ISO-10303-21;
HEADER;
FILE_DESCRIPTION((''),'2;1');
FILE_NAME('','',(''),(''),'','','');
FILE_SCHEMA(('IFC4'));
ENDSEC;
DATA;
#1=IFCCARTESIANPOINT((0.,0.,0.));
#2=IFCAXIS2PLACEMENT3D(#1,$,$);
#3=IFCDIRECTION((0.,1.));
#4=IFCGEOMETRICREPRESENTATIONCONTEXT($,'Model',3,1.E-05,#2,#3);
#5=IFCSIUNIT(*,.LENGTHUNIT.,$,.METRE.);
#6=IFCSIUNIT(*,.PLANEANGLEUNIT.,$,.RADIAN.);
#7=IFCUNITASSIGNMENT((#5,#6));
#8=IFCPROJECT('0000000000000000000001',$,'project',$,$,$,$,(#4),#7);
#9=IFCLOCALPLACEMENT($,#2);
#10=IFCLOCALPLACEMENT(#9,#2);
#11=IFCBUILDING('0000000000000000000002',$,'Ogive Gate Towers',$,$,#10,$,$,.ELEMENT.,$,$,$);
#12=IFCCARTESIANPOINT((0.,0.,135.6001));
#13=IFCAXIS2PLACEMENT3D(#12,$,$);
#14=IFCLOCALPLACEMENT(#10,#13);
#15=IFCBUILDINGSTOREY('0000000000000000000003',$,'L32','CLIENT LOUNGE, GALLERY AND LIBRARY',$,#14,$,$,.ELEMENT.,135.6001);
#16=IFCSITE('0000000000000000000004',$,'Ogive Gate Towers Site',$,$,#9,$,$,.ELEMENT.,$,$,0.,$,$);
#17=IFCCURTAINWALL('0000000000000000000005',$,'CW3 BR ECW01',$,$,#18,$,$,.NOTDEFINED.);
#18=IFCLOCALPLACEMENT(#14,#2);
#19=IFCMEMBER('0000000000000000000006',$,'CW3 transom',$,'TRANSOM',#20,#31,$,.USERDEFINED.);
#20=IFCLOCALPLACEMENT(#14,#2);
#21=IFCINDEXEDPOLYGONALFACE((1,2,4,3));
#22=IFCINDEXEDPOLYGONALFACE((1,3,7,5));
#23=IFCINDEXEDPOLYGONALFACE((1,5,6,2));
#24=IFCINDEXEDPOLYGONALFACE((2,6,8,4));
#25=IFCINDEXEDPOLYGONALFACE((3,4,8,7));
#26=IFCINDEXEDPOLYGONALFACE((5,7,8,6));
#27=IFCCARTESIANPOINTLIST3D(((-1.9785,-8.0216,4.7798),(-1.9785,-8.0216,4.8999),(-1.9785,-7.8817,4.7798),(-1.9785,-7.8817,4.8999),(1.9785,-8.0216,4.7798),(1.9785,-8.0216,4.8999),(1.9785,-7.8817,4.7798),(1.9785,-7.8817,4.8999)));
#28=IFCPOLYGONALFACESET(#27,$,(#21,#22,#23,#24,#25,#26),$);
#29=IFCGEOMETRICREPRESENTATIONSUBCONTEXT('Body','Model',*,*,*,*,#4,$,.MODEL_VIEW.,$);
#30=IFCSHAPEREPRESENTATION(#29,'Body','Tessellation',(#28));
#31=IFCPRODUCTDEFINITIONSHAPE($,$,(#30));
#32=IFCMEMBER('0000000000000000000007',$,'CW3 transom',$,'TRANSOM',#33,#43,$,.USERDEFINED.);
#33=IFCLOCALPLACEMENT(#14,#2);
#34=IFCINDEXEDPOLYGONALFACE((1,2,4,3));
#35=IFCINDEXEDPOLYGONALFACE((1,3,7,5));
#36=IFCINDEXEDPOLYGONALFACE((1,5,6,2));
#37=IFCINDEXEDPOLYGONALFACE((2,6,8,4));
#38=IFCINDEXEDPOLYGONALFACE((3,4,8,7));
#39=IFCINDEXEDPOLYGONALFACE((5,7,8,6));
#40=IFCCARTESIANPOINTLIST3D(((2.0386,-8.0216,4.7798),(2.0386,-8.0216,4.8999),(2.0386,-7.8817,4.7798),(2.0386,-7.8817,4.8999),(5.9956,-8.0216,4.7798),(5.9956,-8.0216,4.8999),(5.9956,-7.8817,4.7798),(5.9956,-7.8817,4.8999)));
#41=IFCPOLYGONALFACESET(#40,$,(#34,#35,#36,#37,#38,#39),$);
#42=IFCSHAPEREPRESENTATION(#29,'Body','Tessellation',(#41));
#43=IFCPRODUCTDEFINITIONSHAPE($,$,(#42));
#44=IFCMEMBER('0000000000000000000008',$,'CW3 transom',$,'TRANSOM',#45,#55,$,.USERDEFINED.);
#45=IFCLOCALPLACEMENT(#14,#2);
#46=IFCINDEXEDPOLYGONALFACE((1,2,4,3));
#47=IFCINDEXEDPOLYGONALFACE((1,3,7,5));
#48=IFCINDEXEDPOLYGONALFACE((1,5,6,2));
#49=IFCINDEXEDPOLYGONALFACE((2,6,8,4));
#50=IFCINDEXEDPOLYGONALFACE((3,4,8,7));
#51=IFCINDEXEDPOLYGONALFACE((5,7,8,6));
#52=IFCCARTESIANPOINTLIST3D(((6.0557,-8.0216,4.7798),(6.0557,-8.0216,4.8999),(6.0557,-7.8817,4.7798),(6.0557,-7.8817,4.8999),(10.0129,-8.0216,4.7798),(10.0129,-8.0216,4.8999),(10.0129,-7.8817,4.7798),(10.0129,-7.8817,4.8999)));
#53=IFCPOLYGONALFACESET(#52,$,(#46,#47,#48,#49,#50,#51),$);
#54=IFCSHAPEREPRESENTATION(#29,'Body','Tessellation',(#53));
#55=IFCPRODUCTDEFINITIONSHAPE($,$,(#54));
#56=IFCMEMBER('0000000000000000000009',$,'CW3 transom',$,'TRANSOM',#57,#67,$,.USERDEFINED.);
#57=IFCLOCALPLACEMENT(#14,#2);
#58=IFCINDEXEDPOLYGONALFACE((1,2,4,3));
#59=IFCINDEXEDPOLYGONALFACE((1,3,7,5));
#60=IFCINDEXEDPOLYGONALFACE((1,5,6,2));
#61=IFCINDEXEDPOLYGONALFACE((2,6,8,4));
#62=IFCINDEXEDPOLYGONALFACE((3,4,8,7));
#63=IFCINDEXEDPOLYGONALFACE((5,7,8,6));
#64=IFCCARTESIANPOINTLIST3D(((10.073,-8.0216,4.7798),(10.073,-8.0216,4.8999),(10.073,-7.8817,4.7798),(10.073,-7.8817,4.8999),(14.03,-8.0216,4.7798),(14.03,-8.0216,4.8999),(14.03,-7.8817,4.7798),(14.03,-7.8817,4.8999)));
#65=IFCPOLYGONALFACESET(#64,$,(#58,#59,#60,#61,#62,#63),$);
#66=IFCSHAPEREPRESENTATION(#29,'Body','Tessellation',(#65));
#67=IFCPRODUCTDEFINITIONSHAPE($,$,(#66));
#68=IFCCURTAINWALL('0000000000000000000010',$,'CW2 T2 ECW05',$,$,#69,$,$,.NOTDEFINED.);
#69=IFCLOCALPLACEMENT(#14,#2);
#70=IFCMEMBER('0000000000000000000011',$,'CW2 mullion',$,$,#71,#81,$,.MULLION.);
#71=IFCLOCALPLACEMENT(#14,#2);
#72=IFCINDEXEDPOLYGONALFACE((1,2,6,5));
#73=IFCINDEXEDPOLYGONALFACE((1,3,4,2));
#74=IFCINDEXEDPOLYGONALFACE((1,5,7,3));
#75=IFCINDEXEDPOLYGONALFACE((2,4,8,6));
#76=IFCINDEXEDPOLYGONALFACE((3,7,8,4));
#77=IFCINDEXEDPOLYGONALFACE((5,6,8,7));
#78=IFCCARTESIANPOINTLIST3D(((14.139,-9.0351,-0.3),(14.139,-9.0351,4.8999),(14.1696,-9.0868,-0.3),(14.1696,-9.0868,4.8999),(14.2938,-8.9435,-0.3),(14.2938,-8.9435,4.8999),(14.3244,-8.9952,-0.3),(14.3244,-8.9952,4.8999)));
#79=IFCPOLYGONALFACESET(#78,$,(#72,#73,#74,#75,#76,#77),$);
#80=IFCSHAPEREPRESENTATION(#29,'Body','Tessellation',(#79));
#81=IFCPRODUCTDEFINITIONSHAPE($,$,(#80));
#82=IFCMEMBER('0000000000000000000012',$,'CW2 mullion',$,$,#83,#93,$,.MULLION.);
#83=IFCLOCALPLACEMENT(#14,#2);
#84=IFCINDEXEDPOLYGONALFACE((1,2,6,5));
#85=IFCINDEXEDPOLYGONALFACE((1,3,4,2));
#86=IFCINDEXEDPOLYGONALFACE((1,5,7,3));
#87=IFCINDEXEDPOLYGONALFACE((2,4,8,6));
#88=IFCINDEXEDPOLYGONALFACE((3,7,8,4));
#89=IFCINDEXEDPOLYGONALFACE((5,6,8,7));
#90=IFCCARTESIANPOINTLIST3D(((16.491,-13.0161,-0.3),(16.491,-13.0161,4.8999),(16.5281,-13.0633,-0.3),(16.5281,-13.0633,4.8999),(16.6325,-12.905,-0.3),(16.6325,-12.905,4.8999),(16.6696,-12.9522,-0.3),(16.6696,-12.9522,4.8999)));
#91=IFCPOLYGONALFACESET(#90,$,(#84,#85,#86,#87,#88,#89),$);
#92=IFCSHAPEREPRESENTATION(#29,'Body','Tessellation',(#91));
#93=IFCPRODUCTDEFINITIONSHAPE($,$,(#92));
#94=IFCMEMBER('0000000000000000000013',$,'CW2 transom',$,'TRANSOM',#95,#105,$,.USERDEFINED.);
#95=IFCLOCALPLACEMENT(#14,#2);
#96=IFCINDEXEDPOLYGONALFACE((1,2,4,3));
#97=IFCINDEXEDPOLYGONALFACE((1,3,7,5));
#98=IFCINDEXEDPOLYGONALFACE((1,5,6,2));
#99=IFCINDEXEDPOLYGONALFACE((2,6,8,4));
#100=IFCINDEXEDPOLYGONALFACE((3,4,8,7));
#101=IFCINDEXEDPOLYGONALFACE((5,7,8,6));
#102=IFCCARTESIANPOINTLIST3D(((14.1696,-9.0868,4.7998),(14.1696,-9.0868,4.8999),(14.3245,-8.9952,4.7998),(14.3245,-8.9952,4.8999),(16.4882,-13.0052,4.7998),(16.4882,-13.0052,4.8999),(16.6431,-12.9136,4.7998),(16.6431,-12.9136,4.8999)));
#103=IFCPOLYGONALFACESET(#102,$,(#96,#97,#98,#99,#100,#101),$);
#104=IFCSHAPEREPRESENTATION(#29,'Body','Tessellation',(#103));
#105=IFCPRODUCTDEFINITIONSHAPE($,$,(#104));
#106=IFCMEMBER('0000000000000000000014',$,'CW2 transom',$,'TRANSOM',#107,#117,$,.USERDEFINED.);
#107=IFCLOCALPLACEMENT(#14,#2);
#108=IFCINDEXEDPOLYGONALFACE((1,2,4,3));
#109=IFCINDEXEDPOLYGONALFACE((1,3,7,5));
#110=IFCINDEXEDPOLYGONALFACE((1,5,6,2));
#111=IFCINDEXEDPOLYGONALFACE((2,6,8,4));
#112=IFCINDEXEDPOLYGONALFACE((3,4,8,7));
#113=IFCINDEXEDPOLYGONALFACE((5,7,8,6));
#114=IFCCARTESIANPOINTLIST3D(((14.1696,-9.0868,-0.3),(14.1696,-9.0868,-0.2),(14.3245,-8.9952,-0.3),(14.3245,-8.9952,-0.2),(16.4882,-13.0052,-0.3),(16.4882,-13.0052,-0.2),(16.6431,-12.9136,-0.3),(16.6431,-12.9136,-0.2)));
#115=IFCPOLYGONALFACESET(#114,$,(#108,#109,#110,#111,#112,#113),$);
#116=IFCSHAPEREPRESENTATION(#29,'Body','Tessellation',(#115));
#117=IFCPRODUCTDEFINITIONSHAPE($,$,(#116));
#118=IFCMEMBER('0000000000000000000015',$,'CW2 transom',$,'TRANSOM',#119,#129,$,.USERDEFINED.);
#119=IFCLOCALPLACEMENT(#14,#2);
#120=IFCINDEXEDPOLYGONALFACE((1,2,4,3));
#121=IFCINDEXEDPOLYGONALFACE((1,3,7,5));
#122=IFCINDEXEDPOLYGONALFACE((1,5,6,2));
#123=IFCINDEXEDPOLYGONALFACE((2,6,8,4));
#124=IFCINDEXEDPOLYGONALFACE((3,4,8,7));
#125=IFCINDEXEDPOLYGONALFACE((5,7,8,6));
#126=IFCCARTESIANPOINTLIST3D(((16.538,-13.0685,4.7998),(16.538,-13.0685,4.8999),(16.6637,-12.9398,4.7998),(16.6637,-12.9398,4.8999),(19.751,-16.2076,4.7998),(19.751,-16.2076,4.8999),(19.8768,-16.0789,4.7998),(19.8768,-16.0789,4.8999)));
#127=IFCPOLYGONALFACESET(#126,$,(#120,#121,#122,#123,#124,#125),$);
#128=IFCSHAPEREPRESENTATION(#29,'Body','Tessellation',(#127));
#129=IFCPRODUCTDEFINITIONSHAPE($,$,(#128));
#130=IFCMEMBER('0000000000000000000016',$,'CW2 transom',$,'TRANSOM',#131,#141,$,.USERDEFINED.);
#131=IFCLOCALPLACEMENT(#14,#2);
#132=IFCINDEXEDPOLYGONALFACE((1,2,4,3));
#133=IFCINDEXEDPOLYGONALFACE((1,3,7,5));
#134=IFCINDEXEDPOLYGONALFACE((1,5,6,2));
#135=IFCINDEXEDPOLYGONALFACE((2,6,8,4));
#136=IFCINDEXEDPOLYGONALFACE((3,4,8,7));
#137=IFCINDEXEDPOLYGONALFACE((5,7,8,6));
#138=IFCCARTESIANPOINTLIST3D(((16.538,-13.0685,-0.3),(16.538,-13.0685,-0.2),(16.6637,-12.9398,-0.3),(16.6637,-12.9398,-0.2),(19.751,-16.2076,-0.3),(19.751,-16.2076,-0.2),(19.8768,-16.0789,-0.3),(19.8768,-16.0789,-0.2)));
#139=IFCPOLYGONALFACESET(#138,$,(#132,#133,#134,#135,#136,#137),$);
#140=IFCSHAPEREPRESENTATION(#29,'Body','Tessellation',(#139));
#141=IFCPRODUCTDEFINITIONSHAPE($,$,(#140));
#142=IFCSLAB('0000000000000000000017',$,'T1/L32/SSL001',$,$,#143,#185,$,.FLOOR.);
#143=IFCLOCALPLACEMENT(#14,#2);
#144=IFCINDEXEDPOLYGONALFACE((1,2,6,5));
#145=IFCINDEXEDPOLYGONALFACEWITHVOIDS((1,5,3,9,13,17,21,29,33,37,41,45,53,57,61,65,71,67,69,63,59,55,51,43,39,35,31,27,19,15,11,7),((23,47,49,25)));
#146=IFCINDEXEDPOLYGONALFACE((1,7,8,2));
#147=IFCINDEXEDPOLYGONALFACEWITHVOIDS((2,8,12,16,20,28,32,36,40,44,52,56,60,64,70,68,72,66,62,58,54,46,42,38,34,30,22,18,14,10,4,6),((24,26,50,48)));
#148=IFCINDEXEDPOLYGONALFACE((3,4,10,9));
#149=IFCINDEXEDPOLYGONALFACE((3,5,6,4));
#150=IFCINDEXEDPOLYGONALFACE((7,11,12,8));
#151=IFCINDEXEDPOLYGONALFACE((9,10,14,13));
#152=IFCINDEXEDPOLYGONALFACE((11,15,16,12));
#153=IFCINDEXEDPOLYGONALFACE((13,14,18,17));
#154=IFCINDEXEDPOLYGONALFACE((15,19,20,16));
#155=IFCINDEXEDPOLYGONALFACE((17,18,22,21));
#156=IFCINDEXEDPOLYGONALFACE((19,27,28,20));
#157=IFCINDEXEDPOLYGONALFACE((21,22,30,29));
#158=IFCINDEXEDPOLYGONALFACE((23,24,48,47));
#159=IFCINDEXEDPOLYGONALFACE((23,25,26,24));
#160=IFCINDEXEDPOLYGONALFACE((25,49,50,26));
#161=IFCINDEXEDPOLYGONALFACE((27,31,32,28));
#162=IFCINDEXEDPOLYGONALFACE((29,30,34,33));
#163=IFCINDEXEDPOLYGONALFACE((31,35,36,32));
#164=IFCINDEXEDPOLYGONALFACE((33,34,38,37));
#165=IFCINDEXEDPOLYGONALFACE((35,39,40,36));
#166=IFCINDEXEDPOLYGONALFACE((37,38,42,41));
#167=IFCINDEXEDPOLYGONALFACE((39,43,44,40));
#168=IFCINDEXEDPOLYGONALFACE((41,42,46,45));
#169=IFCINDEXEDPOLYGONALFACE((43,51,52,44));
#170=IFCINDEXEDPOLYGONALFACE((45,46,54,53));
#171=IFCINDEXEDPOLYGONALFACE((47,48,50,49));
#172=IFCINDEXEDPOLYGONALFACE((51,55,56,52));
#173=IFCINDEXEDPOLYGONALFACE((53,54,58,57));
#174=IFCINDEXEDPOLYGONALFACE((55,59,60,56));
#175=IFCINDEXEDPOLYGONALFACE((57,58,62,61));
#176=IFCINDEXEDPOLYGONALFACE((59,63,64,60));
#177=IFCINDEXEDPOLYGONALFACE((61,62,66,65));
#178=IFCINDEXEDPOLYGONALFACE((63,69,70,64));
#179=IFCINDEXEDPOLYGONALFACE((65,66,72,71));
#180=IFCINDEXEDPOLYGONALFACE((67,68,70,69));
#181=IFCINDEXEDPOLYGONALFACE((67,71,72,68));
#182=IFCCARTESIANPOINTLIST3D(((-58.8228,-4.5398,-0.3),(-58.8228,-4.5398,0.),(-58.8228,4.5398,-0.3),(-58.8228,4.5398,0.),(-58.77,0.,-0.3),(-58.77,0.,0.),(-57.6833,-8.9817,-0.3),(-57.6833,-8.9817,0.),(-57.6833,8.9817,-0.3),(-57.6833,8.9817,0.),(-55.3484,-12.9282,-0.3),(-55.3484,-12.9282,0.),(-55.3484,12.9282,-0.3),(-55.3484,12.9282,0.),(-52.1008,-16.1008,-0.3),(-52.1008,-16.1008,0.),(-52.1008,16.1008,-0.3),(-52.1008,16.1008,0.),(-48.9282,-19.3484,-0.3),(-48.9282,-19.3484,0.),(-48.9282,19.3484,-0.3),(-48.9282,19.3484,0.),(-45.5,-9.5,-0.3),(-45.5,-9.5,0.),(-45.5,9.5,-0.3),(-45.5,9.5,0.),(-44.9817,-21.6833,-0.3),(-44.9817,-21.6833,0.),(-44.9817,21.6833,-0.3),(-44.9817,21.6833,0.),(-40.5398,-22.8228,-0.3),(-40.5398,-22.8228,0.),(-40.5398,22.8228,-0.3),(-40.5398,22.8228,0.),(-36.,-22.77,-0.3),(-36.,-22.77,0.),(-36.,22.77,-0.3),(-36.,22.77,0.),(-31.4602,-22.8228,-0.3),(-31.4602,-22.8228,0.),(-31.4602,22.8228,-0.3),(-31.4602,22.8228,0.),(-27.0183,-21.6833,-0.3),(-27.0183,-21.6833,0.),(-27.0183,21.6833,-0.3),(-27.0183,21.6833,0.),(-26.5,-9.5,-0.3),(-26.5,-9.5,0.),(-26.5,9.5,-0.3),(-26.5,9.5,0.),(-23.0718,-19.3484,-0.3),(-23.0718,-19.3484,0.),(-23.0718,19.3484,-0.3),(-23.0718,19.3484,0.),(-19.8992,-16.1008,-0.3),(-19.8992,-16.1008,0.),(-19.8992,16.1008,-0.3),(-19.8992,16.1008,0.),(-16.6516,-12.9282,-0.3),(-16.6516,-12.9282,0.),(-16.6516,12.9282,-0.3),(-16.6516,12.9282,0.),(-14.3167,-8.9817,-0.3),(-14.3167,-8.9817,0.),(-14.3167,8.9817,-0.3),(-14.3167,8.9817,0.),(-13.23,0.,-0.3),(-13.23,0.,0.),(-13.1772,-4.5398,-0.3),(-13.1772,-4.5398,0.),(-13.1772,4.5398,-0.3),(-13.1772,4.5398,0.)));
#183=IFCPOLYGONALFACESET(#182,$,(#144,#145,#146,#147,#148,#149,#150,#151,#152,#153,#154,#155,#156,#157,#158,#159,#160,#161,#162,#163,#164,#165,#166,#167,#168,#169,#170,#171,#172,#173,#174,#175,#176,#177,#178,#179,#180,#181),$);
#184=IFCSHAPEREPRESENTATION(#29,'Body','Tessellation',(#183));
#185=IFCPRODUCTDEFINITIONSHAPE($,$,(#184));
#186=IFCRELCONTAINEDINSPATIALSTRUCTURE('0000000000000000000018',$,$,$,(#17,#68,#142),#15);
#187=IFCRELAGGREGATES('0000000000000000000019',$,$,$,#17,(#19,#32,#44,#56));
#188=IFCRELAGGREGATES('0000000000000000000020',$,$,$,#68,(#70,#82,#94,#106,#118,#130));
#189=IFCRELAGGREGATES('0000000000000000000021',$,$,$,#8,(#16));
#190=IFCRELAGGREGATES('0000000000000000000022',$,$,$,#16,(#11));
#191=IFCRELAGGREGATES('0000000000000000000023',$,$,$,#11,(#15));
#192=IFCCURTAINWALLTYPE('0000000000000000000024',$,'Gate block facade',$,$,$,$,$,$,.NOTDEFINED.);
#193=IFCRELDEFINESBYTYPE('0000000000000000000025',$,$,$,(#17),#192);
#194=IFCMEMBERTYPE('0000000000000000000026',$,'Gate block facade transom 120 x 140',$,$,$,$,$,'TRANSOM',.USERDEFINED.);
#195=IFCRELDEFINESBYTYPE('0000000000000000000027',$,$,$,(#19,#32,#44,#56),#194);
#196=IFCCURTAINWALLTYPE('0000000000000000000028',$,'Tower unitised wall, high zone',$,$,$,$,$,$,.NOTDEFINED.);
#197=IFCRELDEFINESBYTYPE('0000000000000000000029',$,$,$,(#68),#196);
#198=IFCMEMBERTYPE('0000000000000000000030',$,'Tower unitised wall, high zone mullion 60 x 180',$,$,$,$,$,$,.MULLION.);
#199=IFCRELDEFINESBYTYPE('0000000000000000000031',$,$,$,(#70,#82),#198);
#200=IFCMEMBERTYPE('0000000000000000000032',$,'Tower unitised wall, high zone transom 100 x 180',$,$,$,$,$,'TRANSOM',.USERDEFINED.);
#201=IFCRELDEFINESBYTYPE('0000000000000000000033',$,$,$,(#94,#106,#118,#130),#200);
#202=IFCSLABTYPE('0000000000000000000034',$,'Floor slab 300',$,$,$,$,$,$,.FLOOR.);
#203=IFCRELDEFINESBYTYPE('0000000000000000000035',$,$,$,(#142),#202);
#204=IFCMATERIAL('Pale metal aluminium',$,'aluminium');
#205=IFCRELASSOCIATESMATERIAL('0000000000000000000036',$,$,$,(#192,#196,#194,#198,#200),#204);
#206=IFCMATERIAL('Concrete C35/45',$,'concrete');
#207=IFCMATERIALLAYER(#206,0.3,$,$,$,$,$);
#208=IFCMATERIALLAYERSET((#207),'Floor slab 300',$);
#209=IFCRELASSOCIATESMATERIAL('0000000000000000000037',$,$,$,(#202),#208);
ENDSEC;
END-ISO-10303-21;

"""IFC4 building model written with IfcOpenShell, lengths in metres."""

from ifc_helpers import new_model, si_unit, direction, frame, origin, origin_2d, place, context, subcontext, project, spatial, polyline, rectangle, outline, extrude, material, layer, layer_set, material_profile, profile_set, type_object, element, aggregate, save


model = new_model("IFC4")

# Units and contexts
model_context = context("Model", 3, precision=1e-05, world=origin(), true_north=direction((0.0, 1.0)))
body_context = subcontext(model_context, "Body", "Model", "MODEL_VIEW")
ifc_project = project(units=[si_unit("LENGTHUNIT", "METRE"), si_unit("PLANEANGLEUNIT", "RADIAN")], contexts=[model_context])

# Site, building, storey
site_placement = place(None, origin())
site = spatial("IfcSite", under=ifc_project, at=site_placement, Name="Ogive Gate Towers Site", CompositionType="ELEMENT", RefElevation=0.0)
building_placement = place(site_placement, origin())
building = spatial("IfcBuilding", under=site, at=building_placement, Name="Ogive Gate Towers", CompositionType="ELEMENT")
storey_placement = place(building_placement, frame((0.0, 0.0, 135.6001)))
storey = spatial("IfcBuildingStorey", under=building, at=storey_placement, Name="L32", Description="CLIENT LOUNGE, GALLERY AND LIBRARY", CompositionType="ELEMENT", Elevation=135.6001)

# Curtain walls, members
ifc_material_1 = material(Name="Pale metal aluminium", Category="aluminium")
curtain_wall_type_1 = type_object("IfcCurtainWallType", Name="Gate block facade", PredefinedType="NOTDEFINED", material=ifc_material_1)
curtain_wall_1_placement = place(storey_placement, origin())
curtain_wall_1 = element("IfcCurtainWall", 1, at=curtain_wall_1_placement, inside=storey, type_object=curtain_wall_type_1, Name="CW3 BR ECW01", PredefinedType="NOTDEFINED")
ifc_material_profile_1 = material_profile(ifc_material_1, rectangle(XDim=0.1399, YDim=0.1201, at=origin_2d()), Name="120 x 140 aluminium box")
ifc_profile_set_1 = profile_set([ifc_material_profile_1], Name="Pale metal aluminium")
member_type_1 = type_object("IfcMemberType", Name="Gate block facade transom 120 x 140", ElementType="TRANSOM", PredefinedType="USERDEFINED", material=ifc_profile_set_1)
member_1_placement = place(storey_placement, frame((-1.9785, -7.9517, 4.8398), z_axis=(1.0, 0.0, 0.0), x_axis=(0.0, 1.0, 0.0)))
member_1 = element("IfcMember", 2, at=member_1_placement, type_object=member_type_1, Name="CW3 transom", ObjectType="TRANSOM", PredefinedType="USERDEFINED", context=body_context, shape_type="SweptSolid", body=[
    extrude(rectangle(XDim=0.1399, YDim=0.1201, at=origin_2d()), origin(), (0.0, 0.0, 1.0), 3.957),
])
member_2_placement = place(storey_placement, frame((2.0386, -7.9517, 4.8398), z_axis=(1.0, 0.0, 0.0), x_axis=(0.0, 1.0, 0.0)))
member_2 = element("IfcMember", 3, at=member_2_placement, type_object=member_type_1, Name="CW3 transom", ObjectType="TRANSOM", PredefinedType="USERDEFINED", context=body_context, shape_type="SweptSolid", body=[
    extrude(rectangle(XDim=0.1399, YDim=0.1201, at=origin_2d()), origin(), (0.0, 0.0, 1.0), 3.957),
])
member_3_placement = place(storey_placement, frame((6.0557, -7.9517, 4.8398), z_axis=(1.0, 0.0, 0.0), x_axis=(0.0, 1.0, 0.0)))
member_3 = element("IfcMember", 4, at=member_3_placement, type_object=member_type_1, Name="CW3 transom", ObjectType="TRANSOM", PredefinedType="USERDEFINED", context=body_context, shape_type="SweptSolid", body=[
    extrude(rectangle(XDim=0.1399, YDim=0.1201, at=origin_2d()), origin(), (0.0, 0.0, 1.0), 3.9573),
])
member_4_placement = place(storey_placement, frame((10.073, -7.9517, 4.8398), z_axis=(1.0, 0.0, 0.0), x_axis=(0.0, 1.0, 0.0)))
member_4 = element("IfcMember", 5, at=member_4_placement, type_object=member_type_1, Name="CW3 transom", ObjectType="TRANSOM", PredefinedType="USERDEFINED", context=body_context, shape_type="SweptSolid", body=[
    extrude(rectangle(XDim=0.1399, YDim=0.1201, at=origin_2d()), origin(), (0.0, 0.0, 1.0), 3.957),
])
curtain_wall_type_2 = type_object("IfcCurtainWallType", Name="Tower unitised wall, high zone", PredefinedType="NOTDEFINED", material=ifc_material_1)
curtain_wall_2_placement = place(storey_placement, origin())
curtain_wall_2 = element("IfcCurtainWall", 6, at=curtain_wall_2_placement, inside=storey, type_object=curtain_wall_type_2, Name="CW2 T2 ECW05", PredefinedType="NOTDEFINED")
ifc_material_profile_2 = material_profile(ifc_material_1, rectangle(XDim=0.1799, YDim=0.0601, at=origin_2d()), Name="60 x 180 aluminium box")
ifc_profile_set_2 = profile_set([ifc_material_profile_2], Name="Pale metal aluminium")
member_type_2 = type_object("IfcMemberType", Name="Tower unitised wall, high zone mullion 60 x 180", PredefinedType="MULLION", material=ifc_profile_set_2)
member_5_placement = place(storey_placement, frame((14.2317, -9.0151, -0.3), z_axis=(0.0, 0.0, 1.0), x_axis=(-0.860627, -0.509237, 0.0)))
member_5 = element("IfcMember", 7, at=member_5_placement, type_object=member_type_2, Name="CW2 mullion", PredefinedType="MULLION", context=body_context, shape_type="SweptSolid", body=[
    extrude(rectangle(XDim=0.1799, YDim=0.0601, at=origin_2d()), origin(), (0.0, 0.0, 1.0), 5.2),
])
member_6_placement = place(storey_placement, frame((16.5803, -12.9841, -0.3), z_axis=(0.0, 0.0, 1.0), x_axis=(-0.786504, -0.617585, 0.0)))
member_6 = element("IfcMember", 8, at=member_6_placement, type_object=member_type_2, Name="CW2 mullion", PredefinedType="MULLION", context=body_context, shape_type="SweptSolid", body=[
    extrude(rectangle(XDim=0.1799, YDim=0.0601, at=origin_2d()), origin(), (0.0, 0.0, 1.0), 5.2),
])
ifc_material_profile_3 = material_profile(ifc_material_1, rectangle(XDim=0.1799, YDim=0.1001, at=origin_2d()), Name="100 x 180 aluminium box")
ifc_profile_set_3 = profile_set([ifc_material_profile_3], Name="Pale metal aluminium")
member_type_3 = type_object("IfcMemberType", Name="Tower unitised wall, high zone transom 100 x 180", ElementType="TRANSOM", PredefinedType="USERDEFINED", material=ifc_profile_set_3)
member_7_placement = place(storey_placement, frame((14.2471, -9.041, 4.8499), z_axis=(0.509242, -0.860623, 0.0), x_axis=(0.860623, 0.509242, 0.0)))
member_7 = element("IfcMember", 9, at=member_7_placement, type_object=member_type_3, Name="CW2 transom", ObjectType="TRANSOM", PredefinedType="USERDEFINED", context=body_context, shape_type="SweptSolid", body=[
    extrude(rectangle(XDim=0.1799, YDim=0.1001, at=origin_2d()), origin(), (0.0, 0.0, 1.0), 4.553),
])
member_8_placement = place(storey_placement, frame((14.2471, -9.041, -0.25), z_axis=(0.509242, -0.860623, 0.0), x_axis=(0.860623, 0.509242, 0.0)))
member_8 = element("IfcMember", 10, at=member_8_placement, type_object=member_type_3, Name="CW2 transom", ObjectType="TRANSOM", PredefinedType="USERDEFINED", context=body_context, shape_type="SweptSolid", body=[
    extrude(rectangle(XDim=0.1799, YDim=0.1001, at=origin_2d()), origin(), (0.0, 0.0, 1.0), 4.553),
])
member_9_placement = place(storey_placement, frame((16.6008, -13.0042, 4.8499), z_axis=(0.715293, -0.698825, 0.0), x_axis=(0.698825, 0.715293, 0.0)))
member_9 = element("IfcMember", 11, at=member_9_placement, type_object=member_type_3, Name="CW2 transom", ObjectType="TRANSOM", PredefinedType="USERDEFINED", context=body_context, shape_type="SweptSolid", body=[
    extrude(rectangle(XDim=0.1799, YDim=0.1001, at=origin_2d()), origin(), (0.0, 0.0, 1.0), 4.4919),
])
member_10_placement = place(storey_placement, frame((16.6008, -13.0042, -0.25), z_axis=(0.715293, -0.698825, 0.0), x_axis=(0.698825, 0.715293, 0.0)))
member_10 = element("IfcMember", 12, at=member_10_placement, type_object=member_type_3, Name="CW2 transom", ObjectType="TRANSOM", PredefinedType="USERDEFINED", context=body_context, shape_type="SweptSolid", body=[
    extrude(rectangle(XDim=0.1799, YDim=0.1001, at=origin_2d()), origin(), (0.0, 0.0, 1.0), 4.4919),
])

# Slab
ifc_material_2 = material(Name="Concrete C35/45", Category="concrete")
ifc_layer_1 = layer(ifc_material_2, 0.3)
ifc_layer_set_1 = layer_set([ifc_layer_1], Name="Floor slab 300")
slab_type = type_object("IfcSlabType", Name="Floor slab 300", PredefinedType="FLOOR", material=ifc_layer_set_1)
slab_placement = place(storey_placement, frame((0.0, 0.0, -0.3)))
element("IfcSlab", 13, at=slab_placement, inside=storey, type_object=slab_type, Name="T1/L32/SSL001", PredefinedType="FLOOR", context=body_context, shape_type="SweptSolid", body=[
    extrude(outline(polyline([(-13.1772, -4.5398), (-13.23, 0.0), (-13.1772, 4.5398), (-14.3167, 8.9817), (-16.6516, 12.9282), (-19.8992, 16.1008), (-23.0718, 19.3484), (-27.0183, 21.6833), (-31.4602, 22.8228), (-36.0, 22.77), (-40.5398, 22.8228), (-44.9817, 21.6833), (-48.9282, 19.3484), (-52.1008, 16.1008), (-55.3484, 12.9282), (-57.6833, 8.9817), (-58.8228, 4.5398), (-58.77, 0.0), (-58.8228, -4.5398), (-57.6833, -8.9817), (-55.3484, -12.9282), (-52.1008, -16.1008), (-48.9282, -19.3484), (-44.9817, -21.6833), (-40.5398, -22.8228), (-36.0, -22.77), (-31.4602, -22.8228), (-27.0183, -21.6833), (-23.0718, -19.3484), (-19.8992, -16.1008), (-16.6516, -12.9282), (-14.3167, -8.9817), (-13.1772, -4.5398)]), holes=[polyline([(-26.5, -9.5), (-45.5, -9.5), (-45.5, 9.5), (-26.5, 9.5), (-26.5, -9.5)])]), origin(), (0.0, 0.0, 1.0), 0.3),
])

aggregate(curtain_wall_1, [member_1, member_2, member_3, member_4])
aggregate(curtain_wall_2, [member_5, member_6, member_7, member_8, member_9, member_10])

save(model, "model.ifc")
